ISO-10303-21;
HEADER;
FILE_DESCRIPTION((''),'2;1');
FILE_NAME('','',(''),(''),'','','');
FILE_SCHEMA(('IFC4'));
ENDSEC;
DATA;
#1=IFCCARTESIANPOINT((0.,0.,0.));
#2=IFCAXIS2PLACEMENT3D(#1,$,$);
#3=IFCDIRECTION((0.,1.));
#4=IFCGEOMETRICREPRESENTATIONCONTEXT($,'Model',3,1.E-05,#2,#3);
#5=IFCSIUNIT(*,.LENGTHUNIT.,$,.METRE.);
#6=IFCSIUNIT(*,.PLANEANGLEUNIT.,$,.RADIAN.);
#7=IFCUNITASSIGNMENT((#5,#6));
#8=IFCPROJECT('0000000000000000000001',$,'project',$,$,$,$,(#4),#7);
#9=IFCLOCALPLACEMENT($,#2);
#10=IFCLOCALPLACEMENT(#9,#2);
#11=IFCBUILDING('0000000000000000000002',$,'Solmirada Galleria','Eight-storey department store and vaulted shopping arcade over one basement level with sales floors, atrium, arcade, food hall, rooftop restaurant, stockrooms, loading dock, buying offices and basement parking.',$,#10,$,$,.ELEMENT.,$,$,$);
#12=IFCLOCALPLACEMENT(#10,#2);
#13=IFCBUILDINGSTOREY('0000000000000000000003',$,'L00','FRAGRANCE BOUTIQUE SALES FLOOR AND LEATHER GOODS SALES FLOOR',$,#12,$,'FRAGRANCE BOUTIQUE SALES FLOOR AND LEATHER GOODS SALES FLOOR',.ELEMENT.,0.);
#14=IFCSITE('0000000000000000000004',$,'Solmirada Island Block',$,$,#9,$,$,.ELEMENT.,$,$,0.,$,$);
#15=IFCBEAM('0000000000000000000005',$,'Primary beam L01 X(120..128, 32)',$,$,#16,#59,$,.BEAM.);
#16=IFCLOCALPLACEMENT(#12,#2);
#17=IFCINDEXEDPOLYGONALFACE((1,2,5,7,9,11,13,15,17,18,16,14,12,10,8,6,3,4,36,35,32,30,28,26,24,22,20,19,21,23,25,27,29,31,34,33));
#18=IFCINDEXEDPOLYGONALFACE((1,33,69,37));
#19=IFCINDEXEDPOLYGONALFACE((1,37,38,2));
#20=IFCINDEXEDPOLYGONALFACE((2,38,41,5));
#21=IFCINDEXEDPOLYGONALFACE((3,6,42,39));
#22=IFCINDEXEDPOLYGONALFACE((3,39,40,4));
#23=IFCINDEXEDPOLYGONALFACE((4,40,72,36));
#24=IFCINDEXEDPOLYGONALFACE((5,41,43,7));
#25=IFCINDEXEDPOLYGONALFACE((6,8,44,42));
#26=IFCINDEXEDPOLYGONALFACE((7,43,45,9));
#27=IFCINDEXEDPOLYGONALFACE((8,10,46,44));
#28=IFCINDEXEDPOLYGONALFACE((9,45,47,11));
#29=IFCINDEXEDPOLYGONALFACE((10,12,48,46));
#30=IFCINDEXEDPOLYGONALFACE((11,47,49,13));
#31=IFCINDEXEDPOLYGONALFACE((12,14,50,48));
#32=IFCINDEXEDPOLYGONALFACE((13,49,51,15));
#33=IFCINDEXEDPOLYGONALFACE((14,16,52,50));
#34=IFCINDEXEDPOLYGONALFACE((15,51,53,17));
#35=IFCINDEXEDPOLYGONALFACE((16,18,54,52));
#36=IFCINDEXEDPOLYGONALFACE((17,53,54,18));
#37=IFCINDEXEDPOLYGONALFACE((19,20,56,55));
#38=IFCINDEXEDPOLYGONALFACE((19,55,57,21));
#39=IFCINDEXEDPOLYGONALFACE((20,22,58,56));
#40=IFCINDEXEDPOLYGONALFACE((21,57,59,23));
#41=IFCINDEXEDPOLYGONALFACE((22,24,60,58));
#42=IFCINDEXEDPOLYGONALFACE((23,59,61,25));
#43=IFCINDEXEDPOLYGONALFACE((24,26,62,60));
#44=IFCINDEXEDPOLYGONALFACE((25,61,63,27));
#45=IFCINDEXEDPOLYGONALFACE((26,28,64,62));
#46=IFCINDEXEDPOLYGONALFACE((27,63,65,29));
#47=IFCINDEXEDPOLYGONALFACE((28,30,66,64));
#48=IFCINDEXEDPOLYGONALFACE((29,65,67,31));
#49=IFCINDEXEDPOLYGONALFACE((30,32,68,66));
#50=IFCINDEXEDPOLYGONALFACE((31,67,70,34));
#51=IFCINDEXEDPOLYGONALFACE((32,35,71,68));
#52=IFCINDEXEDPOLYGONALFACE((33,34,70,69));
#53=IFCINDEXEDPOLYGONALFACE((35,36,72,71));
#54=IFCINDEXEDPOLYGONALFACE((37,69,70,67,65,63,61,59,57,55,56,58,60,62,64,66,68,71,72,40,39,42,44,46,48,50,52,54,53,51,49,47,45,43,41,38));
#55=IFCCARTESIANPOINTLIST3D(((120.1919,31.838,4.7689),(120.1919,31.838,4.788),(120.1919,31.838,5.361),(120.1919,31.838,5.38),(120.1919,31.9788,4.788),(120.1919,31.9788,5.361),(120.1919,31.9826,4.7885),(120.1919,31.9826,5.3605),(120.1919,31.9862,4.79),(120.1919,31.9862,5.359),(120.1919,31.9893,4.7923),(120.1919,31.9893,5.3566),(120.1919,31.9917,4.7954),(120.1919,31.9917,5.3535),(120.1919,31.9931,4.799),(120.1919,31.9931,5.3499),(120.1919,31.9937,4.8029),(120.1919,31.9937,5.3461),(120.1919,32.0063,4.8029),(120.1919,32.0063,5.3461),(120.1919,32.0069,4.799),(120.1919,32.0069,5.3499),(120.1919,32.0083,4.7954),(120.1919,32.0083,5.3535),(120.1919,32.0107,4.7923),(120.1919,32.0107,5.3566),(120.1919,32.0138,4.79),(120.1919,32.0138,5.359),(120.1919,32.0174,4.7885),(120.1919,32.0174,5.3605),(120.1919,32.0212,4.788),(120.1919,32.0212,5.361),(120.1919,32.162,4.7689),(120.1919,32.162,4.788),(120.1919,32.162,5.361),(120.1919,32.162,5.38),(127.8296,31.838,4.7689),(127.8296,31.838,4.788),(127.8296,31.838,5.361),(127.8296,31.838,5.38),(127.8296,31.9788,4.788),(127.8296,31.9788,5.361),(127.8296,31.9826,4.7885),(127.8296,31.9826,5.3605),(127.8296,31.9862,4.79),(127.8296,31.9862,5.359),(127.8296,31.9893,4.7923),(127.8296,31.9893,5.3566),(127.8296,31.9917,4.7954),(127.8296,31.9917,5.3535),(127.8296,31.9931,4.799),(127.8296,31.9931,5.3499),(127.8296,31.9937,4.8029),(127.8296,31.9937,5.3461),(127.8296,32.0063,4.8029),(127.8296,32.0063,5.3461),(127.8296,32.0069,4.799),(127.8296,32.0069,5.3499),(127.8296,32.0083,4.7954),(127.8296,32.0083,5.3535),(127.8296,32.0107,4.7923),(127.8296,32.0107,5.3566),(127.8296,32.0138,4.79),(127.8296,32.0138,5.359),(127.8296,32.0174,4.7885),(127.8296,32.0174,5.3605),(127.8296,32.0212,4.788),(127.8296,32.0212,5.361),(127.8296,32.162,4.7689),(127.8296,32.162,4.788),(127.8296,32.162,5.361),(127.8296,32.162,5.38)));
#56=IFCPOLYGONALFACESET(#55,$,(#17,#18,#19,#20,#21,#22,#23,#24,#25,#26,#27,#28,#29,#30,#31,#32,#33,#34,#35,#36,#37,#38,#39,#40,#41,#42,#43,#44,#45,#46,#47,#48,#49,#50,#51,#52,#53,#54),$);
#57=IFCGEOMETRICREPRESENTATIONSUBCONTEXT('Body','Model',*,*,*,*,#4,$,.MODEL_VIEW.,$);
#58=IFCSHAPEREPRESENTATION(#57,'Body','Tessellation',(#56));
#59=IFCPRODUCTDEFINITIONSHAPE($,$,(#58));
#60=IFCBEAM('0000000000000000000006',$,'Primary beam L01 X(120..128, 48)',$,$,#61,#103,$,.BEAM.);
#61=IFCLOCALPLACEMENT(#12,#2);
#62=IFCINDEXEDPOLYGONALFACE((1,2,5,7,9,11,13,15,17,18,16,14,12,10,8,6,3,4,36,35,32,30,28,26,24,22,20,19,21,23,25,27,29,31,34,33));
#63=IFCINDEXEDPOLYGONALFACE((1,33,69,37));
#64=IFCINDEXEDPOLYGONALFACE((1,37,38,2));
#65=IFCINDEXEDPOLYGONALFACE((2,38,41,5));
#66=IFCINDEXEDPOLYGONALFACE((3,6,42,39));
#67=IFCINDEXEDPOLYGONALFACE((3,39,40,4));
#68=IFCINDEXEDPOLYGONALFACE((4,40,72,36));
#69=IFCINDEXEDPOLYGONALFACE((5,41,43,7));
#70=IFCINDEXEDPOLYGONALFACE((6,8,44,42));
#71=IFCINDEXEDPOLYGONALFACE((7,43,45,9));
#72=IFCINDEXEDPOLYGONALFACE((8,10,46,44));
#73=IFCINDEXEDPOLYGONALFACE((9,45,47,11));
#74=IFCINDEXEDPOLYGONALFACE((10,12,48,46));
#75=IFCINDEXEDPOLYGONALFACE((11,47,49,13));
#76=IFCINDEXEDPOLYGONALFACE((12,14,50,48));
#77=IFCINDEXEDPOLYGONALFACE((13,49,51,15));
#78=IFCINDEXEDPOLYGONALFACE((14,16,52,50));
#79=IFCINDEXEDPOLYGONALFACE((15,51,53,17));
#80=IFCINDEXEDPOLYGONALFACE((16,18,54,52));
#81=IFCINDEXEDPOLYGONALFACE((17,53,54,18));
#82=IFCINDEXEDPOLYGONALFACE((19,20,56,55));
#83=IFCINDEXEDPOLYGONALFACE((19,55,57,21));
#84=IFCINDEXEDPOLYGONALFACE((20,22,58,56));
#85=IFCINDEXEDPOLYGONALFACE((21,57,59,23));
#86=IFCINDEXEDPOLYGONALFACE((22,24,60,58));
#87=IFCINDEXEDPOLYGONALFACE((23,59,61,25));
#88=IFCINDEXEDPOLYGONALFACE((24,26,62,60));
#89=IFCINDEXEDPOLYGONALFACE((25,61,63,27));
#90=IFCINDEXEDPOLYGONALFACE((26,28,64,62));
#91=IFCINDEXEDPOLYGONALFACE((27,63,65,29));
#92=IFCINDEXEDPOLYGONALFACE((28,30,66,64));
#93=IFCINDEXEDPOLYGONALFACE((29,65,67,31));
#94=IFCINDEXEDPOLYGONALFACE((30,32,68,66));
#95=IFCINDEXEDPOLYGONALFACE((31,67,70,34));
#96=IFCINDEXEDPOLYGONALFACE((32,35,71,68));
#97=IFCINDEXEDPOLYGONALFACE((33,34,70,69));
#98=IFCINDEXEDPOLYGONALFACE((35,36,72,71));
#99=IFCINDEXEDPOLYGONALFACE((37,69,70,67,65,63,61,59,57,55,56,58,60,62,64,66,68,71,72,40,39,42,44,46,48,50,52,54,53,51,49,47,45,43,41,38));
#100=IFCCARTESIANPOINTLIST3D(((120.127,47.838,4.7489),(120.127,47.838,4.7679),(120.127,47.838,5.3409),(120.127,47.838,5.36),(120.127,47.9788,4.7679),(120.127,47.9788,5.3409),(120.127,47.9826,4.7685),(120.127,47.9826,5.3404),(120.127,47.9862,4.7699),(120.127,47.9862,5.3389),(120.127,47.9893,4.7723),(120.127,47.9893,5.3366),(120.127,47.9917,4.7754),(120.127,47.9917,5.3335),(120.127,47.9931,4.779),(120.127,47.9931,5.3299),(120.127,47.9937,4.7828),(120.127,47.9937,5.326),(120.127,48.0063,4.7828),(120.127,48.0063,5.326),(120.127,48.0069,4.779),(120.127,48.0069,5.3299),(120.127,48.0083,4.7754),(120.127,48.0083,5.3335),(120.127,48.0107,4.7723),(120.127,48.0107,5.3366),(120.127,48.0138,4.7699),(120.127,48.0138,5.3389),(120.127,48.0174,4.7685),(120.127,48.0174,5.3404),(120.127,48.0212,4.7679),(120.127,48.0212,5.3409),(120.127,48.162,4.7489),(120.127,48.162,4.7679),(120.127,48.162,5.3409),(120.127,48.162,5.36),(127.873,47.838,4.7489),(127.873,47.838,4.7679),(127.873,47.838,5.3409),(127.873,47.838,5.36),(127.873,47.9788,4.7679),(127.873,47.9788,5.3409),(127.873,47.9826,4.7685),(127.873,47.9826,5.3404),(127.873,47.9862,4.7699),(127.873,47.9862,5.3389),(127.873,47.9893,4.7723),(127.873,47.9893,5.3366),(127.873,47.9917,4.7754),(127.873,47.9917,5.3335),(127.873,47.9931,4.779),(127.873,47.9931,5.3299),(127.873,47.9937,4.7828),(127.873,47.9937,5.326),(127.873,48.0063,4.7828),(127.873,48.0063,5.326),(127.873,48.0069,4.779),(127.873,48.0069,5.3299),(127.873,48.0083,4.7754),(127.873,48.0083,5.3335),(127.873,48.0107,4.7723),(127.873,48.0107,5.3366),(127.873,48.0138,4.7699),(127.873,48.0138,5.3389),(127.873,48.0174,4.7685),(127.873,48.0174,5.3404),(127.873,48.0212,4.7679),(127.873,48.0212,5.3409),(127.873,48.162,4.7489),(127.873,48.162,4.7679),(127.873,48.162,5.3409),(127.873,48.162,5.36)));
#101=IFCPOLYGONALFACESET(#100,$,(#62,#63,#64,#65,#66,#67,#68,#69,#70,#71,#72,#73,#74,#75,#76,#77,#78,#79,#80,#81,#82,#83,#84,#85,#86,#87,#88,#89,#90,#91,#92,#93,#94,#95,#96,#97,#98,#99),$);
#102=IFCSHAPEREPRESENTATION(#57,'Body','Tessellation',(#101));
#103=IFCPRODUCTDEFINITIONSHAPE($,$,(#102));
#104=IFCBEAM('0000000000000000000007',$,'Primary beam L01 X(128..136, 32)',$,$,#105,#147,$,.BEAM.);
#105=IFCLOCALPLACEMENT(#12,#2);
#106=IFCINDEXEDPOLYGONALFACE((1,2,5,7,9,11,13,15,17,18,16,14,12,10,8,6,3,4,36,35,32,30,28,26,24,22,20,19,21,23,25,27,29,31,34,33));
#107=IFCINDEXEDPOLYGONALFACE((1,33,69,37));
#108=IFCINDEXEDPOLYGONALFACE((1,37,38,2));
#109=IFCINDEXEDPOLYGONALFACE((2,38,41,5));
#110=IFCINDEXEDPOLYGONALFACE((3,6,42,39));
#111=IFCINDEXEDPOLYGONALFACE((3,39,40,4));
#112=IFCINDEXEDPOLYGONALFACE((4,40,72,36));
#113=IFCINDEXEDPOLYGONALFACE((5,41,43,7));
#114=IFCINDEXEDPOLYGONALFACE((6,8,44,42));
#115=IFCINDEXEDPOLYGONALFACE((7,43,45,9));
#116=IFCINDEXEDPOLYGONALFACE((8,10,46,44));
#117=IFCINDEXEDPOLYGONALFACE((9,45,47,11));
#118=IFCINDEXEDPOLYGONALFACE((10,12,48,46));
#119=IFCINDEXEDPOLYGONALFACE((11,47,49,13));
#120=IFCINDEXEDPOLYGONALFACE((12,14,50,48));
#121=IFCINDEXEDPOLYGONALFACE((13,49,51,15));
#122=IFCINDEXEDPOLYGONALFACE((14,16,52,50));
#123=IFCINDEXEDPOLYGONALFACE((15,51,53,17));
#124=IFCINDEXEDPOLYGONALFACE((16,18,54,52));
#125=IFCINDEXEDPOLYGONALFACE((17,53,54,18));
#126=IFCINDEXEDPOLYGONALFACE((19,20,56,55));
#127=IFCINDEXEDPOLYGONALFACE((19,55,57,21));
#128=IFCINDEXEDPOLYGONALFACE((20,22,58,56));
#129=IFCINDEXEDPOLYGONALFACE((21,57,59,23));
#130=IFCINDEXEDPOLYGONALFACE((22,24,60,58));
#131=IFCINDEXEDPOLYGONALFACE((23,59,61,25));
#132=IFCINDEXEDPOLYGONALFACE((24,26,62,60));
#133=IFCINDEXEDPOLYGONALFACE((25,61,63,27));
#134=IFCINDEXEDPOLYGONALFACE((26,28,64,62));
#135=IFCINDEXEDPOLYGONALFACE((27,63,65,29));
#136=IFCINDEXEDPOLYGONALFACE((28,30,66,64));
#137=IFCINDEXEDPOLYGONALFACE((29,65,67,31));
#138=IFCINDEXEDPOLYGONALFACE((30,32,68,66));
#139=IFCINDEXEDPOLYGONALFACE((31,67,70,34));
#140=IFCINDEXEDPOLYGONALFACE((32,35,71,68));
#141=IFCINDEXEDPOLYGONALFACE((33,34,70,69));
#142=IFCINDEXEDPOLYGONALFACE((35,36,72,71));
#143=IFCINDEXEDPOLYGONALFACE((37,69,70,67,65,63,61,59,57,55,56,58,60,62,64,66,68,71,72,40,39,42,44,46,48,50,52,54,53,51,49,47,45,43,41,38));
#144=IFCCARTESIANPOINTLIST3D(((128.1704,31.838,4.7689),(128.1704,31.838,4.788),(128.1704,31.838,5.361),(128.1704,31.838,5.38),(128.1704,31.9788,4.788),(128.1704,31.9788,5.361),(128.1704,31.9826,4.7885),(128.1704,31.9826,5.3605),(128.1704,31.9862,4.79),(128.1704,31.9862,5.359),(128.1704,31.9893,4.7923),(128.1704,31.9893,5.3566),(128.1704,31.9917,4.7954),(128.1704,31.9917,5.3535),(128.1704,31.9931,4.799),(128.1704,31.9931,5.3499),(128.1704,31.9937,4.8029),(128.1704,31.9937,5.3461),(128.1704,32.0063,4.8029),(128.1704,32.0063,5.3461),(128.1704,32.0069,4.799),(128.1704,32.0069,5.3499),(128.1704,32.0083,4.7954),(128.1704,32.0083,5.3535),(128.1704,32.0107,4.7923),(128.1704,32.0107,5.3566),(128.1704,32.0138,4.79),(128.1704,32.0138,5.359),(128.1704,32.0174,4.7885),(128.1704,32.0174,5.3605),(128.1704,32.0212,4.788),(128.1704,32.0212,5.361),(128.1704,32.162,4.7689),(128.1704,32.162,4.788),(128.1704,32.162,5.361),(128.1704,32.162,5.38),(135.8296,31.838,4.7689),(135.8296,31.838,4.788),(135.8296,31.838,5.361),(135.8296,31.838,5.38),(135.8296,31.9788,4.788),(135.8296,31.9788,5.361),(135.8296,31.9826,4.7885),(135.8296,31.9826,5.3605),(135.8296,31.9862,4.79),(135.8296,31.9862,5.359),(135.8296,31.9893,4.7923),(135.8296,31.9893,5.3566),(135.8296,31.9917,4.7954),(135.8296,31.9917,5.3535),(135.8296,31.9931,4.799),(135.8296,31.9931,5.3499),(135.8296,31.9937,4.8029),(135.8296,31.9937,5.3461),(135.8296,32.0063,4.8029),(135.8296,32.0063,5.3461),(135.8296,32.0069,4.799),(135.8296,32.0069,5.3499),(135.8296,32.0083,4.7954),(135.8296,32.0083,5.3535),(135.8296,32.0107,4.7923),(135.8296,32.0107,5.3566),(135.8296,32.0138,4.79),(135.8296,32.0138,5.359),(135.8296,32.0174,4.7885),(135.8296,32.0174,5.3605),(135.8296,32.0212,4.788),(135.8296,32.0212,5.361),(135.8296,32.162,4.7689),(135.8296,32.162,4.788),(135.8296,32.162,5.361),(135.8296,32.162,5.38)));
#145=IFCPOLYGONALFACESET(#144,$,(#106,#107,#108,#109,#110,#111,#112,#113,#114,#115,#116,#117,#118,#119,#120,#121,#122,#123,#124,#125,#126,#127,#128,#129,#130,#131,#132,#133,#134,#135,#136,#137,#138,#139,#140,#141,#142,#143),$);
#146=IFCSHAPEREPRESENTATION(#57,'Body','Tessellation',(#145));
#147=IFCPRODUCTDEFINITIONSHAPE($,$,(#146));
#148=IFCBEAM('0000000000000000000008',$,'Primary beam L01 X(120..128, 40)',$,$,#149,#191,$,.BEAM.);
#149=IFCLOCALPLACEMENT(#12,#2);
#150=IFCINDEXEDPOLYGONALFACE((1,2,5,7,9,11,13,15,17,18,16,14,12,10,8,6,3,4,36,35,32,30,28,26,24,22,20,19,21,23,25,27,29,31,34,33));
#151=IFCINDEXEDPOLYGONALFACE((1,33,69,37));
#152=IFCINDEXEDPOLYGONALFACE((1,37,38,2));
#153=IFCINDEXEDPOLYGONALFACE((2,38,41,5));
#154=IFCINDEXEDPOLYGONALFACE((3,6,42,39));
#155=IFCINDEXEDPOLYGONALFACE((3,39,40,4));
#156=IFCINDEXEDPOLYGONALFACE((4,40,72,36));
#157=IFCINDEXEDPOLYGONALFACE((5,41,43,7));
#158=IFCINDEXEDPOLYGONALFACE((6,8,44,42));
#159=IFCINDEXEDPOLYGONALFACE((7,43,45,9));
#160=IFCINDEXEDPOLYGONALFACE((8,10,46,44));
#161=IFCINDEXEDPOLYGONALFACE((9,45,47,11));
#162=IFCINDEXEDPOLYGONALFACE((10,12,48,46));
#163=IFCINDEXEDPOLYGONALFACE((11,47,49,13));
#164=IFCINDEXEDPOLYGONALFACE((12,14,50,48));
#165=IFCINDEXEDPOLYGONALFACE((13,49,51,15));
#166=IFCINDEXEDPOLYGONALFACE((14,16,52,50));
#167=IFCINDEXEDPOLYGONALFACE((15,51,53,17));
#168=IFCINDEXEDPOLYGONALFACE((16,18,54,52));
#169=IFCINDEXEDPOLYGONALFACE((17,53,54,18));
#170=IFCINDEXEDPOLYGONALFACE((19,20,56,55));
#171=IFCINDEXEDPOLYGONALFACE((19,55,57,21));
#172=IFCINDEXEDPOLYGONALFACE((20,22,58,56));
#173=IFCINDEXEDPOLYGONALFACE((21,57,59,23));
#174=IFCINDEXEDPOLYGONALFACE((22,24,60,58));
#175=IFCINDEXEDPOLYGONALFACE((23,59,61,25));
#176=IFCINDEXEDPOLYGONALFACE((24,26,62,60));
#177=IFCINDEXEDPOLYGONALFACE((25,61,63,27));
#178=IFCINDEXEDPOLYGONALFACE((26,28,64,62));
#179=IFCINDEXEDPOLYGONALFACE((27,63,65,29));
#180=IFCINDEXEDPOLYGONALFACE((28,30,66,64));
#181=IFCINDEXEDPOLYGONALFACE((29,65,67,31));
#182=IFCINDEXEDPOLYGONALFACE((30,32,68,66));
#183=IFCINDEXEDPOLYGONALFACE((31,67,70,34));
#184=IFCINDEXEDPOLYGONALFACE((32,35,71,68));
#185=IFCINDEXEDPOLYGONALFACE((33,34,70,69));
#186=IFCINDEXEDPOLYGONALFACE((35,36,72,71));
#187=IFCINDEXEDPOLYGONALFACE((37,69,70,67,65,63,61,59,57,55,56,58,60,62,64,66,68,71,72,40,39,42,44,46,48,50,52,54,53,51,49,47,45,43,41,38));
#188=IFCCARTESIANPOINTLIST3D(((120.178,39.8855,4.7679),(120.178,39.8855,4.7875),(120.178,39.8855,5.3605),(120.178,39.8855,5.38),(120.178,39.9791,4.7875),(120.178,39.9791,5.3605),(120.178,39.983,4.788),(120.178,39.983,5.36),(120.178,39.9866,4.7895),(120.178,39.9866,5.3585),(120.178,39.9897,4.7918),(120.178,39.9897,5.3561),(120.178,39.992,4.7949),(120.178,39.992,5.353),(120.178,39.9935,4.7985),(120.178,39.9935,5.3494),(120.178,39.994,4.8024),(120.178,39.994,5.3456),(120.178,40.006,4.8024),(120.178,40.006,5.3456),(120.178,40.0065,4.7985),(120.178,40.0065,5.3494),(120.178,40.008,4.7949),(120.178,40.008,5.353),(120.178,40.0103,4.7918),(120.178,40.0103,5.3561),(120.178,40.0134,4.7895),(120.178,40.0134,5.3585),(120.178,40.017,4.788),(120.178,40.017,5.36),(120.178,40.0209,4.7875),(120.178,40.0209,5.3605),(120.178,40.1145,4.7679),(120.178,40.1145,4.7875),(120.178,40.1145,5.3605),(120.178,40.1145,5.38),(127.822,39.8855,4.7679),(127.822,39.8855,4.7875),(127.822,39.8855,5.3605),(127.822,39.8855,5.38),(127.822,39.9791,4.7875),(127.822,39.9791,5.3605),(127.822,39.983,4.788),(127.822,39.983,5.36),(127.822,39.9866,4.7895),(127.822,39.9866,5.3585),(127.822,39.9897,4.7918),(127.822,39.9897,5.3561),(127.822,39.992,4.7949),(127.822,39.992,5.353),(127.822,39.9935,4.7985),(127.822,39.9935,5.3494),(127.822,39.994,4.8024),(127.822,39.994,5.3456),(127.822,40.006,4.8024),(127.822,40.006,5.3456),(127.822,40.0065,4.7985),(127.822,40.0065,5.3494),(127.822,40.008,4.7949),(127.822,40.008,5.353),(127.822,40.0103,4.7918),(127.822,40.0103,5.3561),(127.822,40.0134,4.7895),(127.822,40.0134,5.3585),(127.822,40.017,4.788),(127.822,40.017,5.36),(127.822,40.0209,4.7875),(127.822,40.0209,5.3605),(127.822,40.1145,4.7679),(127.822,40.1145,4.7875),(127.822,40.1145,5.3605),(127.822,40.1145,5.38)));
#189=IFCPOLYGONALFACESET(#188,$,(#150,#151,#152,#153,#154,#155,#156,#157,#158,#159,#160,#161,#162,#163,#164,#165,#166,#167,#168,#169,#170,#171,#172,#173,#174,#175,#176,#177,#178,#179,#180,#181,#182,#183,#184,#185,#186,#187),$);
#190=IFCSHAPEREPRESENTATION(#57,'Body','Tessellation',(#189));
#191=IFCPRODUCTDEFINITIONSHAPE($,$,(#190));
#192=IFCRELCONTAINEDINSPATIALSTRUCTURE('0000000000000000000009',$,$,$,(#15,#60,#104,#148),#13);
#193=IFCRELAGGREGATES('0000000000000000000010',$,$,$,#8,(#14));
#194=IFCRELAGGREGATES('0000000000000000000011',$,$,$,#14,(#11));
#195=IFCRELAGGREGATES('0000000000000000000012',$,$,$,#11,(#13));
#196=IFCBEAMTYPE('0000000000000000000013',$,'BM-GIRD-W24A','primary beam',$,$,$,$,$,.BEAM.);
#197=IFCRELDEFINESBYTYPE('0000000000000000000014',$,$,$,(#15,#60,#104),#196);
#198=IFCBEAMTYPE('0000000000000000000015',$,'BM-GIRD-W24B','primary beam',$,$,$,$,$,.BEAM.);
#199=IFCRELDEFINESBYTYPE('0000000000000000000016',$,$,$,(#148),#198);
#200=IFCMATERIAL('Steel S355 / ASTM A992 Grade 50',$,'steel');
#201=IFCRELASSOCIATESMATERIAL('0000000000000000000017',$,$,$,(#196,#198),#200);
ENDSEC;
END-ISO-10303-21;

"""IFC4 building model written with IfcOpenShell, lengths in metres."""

from ifc_helpers import new_model, si_unit, direction, frame, origin, origin_2d, place, context, subcontext, project, spatial, i_section, extrude, material, material_profile, profile_set, type_object, element, save


model = new_model("IFC4")

# Units and contexts
model_context = context("Model", 3, precision=1e-05, world=origin(), true_north=direction((0.0, 1.0)))
body_context = subcontext(model_context, "Body", "Model", "MODEL_VIEW")
ifc_project = project(units=[si_unit("LENGTHUNIT", "METRE"), si_unit("PLANEANGLEUNIT", "RADIAN")], contexts=[model_context])

# Site, building, storey
site_placement = place(None, origin())
site = spatial("IfcSite", under=ifc_project, at=site_placement, Name="Solmirada Island Block", CompositionType="ELEMENT", RefElevation=0.0)
building_placement = place(site_placement, origin())
building = spatial("IfcBuilding", under=site, at=building_placement, Name="Solmirada Galleria", Description="Eight-storey department store and vaulted shopping arcade over one basement level with sales floors, atrium, arcade, food hall, rooftop restaurant, stockrooms, loading dock, buying offices and basement parking.", CompositionType="ELEMENT")
storey_placement = place(building_placement, origin())
storey = spatial("IfcBuildingStorey", under=building, at=storey_placement, Name="L00", Description="FRAGRANCE BOUTIQUE SALES FLOOR AND LEATHER GOODS SALES FLOOR", LongName="FRAGRANCE BOUTIQUE SALES FLOOR AND LEATHER GOODS SALES FLOOR", CompositionType="ELEMENT", Elevation=0.0)

# Beams
ifc_material_1 = material(Name="Steel S355 / ASTM A992 Grade 50", Category="steel")
ifc_material_profile_1 = material_profile(ifc_material_1, i_section(OverallWidth=0.324, OverallDepth=0.6111, WebThickness=0.0127, FlangeThickness=0.019, FilletRadius=0.0149, at=origin_2d()), Name="W24X104")
ifc_profile_set_1 = profile_set([ifc_material_profile_1], Name="Steel S355 / ASTM A992 Grade 50")
beam_type_1 = type_object("IfcBeamType", Name="BM-GIRD-W24A", Description="primary beam", PredefinedType="BEAM", material=ifc_profile_set_1)
beam_1_placement = place(storey_placement, frame((120.1919, 32.0, 5.0745), z_axis=(1.0, 0.0, 0.0), x_axis=(0.0, 1.0, 0.0)))
element("IfcBeam", 1, at=beam_1_placement, inside=storey, type_object=beam_type_1, Name="Primary beam L01 X(120..128, 32)", PredefinedType="BEAM", context=body_context, shape_type="SweptSolid", body=[
    extrude(i_section(OverallWidth=0.324, OverallDepth=0.6111, WebThickness=0.0127, FlangeThickness=0.019, FilletRadius=0.0149, at=origin_2d()), origin(), (0.0, 0.0, 1.0), 7.6377),
])
beam_2_placement = place(storey_placement, frame((120.127, 48.0, 5.0544), z_axis=(1.0, 0.0, 0.0), x_axis=(0.0, 1.0, 0.0)))
element("IfcBeam", 2, at=beam_2_placement, inside=storey, type_object=beam_type_1, Name="Primary beam L01 X(120..128, 48)", PredefinedType="BEAM", context=body_context, shape_type="SweptSolid", body=[
    extrude(i_section(OverallWidth=0.324, OverallDepth=0.6111, WebThickness=0.0127, FlangeThickness=0.019, FilletRadius=0.0149, at=origin_2d()), origin(), (0.0, 0.0, 1.0), 7.7461),
])
beam_3_placement = place(storey_placement, frame((128.1704, 32.0, 5.0745), z_axis=(1.0, 0.0, 0.0), x_axis=(0.0, 1.0, 0.0)))
element("IfcBeam", 3, at=beam_3_placement, inside=storey, type_object=beam_type_1, Name="Primary beam L01 X(128..136, 32)", PredefinedType="BEAM", context=body_context, shape_type="SweptSolid", body=[
    extrude(i_section(OverallWidth=0.324, OverallDepth=0.6111, WebThickness=0.0127, FlangeThickness=0.019, FilletRadius=0.0149, at=origin_2d()), origin(), (0.0, 0.0, 1.0), 7.6592),
])
ifc_material_profile_2 = material_profile(ifc_material_1, i_section(OverallWidth=0.229, OverallDepth=0.6121, WebThickness=0.012, FlangeThickness=0.0195, FilletRadius=0.0149, at=origin_2d()), Name="W24X84")
ifc_profile_set_2 = profile_set([ifc_material_profile_2], Name="Steel S355 / ASTM A992 Grade 50")
beam_type_2 = type_object("IfcBeamType", Name="BM-GIRD-W24B", Description="primary beam", PredefinedType="BEAM", material=ifc_profile_set_2)
beam_4_placement = place(storey_placement, frame((120.178, 40.0, 5.074), z_axis=(1.0, 0.0, 0.0), x_axis=(0.0, 1.0, 0.0)))
element("IfcBeam", 4, at=beam_4_placement, inside=storey, type_object=beam_type_2, Name="Primary beam L01 X(120..128, 40)", PredefinedType="BEAM", context=body_context, shape_type="SweptSolid", body=[
    extrude(i_section(OverallWidth=0.229, OverallDepth=0.6121, WebThickness=0.012, FlangeThickness=0.0195, FilletRadius=0.0149, at=origin_2d()), origin(), (0.0, 0.0, 1.0), 7.644),
])

save(model, "model.ifc")
